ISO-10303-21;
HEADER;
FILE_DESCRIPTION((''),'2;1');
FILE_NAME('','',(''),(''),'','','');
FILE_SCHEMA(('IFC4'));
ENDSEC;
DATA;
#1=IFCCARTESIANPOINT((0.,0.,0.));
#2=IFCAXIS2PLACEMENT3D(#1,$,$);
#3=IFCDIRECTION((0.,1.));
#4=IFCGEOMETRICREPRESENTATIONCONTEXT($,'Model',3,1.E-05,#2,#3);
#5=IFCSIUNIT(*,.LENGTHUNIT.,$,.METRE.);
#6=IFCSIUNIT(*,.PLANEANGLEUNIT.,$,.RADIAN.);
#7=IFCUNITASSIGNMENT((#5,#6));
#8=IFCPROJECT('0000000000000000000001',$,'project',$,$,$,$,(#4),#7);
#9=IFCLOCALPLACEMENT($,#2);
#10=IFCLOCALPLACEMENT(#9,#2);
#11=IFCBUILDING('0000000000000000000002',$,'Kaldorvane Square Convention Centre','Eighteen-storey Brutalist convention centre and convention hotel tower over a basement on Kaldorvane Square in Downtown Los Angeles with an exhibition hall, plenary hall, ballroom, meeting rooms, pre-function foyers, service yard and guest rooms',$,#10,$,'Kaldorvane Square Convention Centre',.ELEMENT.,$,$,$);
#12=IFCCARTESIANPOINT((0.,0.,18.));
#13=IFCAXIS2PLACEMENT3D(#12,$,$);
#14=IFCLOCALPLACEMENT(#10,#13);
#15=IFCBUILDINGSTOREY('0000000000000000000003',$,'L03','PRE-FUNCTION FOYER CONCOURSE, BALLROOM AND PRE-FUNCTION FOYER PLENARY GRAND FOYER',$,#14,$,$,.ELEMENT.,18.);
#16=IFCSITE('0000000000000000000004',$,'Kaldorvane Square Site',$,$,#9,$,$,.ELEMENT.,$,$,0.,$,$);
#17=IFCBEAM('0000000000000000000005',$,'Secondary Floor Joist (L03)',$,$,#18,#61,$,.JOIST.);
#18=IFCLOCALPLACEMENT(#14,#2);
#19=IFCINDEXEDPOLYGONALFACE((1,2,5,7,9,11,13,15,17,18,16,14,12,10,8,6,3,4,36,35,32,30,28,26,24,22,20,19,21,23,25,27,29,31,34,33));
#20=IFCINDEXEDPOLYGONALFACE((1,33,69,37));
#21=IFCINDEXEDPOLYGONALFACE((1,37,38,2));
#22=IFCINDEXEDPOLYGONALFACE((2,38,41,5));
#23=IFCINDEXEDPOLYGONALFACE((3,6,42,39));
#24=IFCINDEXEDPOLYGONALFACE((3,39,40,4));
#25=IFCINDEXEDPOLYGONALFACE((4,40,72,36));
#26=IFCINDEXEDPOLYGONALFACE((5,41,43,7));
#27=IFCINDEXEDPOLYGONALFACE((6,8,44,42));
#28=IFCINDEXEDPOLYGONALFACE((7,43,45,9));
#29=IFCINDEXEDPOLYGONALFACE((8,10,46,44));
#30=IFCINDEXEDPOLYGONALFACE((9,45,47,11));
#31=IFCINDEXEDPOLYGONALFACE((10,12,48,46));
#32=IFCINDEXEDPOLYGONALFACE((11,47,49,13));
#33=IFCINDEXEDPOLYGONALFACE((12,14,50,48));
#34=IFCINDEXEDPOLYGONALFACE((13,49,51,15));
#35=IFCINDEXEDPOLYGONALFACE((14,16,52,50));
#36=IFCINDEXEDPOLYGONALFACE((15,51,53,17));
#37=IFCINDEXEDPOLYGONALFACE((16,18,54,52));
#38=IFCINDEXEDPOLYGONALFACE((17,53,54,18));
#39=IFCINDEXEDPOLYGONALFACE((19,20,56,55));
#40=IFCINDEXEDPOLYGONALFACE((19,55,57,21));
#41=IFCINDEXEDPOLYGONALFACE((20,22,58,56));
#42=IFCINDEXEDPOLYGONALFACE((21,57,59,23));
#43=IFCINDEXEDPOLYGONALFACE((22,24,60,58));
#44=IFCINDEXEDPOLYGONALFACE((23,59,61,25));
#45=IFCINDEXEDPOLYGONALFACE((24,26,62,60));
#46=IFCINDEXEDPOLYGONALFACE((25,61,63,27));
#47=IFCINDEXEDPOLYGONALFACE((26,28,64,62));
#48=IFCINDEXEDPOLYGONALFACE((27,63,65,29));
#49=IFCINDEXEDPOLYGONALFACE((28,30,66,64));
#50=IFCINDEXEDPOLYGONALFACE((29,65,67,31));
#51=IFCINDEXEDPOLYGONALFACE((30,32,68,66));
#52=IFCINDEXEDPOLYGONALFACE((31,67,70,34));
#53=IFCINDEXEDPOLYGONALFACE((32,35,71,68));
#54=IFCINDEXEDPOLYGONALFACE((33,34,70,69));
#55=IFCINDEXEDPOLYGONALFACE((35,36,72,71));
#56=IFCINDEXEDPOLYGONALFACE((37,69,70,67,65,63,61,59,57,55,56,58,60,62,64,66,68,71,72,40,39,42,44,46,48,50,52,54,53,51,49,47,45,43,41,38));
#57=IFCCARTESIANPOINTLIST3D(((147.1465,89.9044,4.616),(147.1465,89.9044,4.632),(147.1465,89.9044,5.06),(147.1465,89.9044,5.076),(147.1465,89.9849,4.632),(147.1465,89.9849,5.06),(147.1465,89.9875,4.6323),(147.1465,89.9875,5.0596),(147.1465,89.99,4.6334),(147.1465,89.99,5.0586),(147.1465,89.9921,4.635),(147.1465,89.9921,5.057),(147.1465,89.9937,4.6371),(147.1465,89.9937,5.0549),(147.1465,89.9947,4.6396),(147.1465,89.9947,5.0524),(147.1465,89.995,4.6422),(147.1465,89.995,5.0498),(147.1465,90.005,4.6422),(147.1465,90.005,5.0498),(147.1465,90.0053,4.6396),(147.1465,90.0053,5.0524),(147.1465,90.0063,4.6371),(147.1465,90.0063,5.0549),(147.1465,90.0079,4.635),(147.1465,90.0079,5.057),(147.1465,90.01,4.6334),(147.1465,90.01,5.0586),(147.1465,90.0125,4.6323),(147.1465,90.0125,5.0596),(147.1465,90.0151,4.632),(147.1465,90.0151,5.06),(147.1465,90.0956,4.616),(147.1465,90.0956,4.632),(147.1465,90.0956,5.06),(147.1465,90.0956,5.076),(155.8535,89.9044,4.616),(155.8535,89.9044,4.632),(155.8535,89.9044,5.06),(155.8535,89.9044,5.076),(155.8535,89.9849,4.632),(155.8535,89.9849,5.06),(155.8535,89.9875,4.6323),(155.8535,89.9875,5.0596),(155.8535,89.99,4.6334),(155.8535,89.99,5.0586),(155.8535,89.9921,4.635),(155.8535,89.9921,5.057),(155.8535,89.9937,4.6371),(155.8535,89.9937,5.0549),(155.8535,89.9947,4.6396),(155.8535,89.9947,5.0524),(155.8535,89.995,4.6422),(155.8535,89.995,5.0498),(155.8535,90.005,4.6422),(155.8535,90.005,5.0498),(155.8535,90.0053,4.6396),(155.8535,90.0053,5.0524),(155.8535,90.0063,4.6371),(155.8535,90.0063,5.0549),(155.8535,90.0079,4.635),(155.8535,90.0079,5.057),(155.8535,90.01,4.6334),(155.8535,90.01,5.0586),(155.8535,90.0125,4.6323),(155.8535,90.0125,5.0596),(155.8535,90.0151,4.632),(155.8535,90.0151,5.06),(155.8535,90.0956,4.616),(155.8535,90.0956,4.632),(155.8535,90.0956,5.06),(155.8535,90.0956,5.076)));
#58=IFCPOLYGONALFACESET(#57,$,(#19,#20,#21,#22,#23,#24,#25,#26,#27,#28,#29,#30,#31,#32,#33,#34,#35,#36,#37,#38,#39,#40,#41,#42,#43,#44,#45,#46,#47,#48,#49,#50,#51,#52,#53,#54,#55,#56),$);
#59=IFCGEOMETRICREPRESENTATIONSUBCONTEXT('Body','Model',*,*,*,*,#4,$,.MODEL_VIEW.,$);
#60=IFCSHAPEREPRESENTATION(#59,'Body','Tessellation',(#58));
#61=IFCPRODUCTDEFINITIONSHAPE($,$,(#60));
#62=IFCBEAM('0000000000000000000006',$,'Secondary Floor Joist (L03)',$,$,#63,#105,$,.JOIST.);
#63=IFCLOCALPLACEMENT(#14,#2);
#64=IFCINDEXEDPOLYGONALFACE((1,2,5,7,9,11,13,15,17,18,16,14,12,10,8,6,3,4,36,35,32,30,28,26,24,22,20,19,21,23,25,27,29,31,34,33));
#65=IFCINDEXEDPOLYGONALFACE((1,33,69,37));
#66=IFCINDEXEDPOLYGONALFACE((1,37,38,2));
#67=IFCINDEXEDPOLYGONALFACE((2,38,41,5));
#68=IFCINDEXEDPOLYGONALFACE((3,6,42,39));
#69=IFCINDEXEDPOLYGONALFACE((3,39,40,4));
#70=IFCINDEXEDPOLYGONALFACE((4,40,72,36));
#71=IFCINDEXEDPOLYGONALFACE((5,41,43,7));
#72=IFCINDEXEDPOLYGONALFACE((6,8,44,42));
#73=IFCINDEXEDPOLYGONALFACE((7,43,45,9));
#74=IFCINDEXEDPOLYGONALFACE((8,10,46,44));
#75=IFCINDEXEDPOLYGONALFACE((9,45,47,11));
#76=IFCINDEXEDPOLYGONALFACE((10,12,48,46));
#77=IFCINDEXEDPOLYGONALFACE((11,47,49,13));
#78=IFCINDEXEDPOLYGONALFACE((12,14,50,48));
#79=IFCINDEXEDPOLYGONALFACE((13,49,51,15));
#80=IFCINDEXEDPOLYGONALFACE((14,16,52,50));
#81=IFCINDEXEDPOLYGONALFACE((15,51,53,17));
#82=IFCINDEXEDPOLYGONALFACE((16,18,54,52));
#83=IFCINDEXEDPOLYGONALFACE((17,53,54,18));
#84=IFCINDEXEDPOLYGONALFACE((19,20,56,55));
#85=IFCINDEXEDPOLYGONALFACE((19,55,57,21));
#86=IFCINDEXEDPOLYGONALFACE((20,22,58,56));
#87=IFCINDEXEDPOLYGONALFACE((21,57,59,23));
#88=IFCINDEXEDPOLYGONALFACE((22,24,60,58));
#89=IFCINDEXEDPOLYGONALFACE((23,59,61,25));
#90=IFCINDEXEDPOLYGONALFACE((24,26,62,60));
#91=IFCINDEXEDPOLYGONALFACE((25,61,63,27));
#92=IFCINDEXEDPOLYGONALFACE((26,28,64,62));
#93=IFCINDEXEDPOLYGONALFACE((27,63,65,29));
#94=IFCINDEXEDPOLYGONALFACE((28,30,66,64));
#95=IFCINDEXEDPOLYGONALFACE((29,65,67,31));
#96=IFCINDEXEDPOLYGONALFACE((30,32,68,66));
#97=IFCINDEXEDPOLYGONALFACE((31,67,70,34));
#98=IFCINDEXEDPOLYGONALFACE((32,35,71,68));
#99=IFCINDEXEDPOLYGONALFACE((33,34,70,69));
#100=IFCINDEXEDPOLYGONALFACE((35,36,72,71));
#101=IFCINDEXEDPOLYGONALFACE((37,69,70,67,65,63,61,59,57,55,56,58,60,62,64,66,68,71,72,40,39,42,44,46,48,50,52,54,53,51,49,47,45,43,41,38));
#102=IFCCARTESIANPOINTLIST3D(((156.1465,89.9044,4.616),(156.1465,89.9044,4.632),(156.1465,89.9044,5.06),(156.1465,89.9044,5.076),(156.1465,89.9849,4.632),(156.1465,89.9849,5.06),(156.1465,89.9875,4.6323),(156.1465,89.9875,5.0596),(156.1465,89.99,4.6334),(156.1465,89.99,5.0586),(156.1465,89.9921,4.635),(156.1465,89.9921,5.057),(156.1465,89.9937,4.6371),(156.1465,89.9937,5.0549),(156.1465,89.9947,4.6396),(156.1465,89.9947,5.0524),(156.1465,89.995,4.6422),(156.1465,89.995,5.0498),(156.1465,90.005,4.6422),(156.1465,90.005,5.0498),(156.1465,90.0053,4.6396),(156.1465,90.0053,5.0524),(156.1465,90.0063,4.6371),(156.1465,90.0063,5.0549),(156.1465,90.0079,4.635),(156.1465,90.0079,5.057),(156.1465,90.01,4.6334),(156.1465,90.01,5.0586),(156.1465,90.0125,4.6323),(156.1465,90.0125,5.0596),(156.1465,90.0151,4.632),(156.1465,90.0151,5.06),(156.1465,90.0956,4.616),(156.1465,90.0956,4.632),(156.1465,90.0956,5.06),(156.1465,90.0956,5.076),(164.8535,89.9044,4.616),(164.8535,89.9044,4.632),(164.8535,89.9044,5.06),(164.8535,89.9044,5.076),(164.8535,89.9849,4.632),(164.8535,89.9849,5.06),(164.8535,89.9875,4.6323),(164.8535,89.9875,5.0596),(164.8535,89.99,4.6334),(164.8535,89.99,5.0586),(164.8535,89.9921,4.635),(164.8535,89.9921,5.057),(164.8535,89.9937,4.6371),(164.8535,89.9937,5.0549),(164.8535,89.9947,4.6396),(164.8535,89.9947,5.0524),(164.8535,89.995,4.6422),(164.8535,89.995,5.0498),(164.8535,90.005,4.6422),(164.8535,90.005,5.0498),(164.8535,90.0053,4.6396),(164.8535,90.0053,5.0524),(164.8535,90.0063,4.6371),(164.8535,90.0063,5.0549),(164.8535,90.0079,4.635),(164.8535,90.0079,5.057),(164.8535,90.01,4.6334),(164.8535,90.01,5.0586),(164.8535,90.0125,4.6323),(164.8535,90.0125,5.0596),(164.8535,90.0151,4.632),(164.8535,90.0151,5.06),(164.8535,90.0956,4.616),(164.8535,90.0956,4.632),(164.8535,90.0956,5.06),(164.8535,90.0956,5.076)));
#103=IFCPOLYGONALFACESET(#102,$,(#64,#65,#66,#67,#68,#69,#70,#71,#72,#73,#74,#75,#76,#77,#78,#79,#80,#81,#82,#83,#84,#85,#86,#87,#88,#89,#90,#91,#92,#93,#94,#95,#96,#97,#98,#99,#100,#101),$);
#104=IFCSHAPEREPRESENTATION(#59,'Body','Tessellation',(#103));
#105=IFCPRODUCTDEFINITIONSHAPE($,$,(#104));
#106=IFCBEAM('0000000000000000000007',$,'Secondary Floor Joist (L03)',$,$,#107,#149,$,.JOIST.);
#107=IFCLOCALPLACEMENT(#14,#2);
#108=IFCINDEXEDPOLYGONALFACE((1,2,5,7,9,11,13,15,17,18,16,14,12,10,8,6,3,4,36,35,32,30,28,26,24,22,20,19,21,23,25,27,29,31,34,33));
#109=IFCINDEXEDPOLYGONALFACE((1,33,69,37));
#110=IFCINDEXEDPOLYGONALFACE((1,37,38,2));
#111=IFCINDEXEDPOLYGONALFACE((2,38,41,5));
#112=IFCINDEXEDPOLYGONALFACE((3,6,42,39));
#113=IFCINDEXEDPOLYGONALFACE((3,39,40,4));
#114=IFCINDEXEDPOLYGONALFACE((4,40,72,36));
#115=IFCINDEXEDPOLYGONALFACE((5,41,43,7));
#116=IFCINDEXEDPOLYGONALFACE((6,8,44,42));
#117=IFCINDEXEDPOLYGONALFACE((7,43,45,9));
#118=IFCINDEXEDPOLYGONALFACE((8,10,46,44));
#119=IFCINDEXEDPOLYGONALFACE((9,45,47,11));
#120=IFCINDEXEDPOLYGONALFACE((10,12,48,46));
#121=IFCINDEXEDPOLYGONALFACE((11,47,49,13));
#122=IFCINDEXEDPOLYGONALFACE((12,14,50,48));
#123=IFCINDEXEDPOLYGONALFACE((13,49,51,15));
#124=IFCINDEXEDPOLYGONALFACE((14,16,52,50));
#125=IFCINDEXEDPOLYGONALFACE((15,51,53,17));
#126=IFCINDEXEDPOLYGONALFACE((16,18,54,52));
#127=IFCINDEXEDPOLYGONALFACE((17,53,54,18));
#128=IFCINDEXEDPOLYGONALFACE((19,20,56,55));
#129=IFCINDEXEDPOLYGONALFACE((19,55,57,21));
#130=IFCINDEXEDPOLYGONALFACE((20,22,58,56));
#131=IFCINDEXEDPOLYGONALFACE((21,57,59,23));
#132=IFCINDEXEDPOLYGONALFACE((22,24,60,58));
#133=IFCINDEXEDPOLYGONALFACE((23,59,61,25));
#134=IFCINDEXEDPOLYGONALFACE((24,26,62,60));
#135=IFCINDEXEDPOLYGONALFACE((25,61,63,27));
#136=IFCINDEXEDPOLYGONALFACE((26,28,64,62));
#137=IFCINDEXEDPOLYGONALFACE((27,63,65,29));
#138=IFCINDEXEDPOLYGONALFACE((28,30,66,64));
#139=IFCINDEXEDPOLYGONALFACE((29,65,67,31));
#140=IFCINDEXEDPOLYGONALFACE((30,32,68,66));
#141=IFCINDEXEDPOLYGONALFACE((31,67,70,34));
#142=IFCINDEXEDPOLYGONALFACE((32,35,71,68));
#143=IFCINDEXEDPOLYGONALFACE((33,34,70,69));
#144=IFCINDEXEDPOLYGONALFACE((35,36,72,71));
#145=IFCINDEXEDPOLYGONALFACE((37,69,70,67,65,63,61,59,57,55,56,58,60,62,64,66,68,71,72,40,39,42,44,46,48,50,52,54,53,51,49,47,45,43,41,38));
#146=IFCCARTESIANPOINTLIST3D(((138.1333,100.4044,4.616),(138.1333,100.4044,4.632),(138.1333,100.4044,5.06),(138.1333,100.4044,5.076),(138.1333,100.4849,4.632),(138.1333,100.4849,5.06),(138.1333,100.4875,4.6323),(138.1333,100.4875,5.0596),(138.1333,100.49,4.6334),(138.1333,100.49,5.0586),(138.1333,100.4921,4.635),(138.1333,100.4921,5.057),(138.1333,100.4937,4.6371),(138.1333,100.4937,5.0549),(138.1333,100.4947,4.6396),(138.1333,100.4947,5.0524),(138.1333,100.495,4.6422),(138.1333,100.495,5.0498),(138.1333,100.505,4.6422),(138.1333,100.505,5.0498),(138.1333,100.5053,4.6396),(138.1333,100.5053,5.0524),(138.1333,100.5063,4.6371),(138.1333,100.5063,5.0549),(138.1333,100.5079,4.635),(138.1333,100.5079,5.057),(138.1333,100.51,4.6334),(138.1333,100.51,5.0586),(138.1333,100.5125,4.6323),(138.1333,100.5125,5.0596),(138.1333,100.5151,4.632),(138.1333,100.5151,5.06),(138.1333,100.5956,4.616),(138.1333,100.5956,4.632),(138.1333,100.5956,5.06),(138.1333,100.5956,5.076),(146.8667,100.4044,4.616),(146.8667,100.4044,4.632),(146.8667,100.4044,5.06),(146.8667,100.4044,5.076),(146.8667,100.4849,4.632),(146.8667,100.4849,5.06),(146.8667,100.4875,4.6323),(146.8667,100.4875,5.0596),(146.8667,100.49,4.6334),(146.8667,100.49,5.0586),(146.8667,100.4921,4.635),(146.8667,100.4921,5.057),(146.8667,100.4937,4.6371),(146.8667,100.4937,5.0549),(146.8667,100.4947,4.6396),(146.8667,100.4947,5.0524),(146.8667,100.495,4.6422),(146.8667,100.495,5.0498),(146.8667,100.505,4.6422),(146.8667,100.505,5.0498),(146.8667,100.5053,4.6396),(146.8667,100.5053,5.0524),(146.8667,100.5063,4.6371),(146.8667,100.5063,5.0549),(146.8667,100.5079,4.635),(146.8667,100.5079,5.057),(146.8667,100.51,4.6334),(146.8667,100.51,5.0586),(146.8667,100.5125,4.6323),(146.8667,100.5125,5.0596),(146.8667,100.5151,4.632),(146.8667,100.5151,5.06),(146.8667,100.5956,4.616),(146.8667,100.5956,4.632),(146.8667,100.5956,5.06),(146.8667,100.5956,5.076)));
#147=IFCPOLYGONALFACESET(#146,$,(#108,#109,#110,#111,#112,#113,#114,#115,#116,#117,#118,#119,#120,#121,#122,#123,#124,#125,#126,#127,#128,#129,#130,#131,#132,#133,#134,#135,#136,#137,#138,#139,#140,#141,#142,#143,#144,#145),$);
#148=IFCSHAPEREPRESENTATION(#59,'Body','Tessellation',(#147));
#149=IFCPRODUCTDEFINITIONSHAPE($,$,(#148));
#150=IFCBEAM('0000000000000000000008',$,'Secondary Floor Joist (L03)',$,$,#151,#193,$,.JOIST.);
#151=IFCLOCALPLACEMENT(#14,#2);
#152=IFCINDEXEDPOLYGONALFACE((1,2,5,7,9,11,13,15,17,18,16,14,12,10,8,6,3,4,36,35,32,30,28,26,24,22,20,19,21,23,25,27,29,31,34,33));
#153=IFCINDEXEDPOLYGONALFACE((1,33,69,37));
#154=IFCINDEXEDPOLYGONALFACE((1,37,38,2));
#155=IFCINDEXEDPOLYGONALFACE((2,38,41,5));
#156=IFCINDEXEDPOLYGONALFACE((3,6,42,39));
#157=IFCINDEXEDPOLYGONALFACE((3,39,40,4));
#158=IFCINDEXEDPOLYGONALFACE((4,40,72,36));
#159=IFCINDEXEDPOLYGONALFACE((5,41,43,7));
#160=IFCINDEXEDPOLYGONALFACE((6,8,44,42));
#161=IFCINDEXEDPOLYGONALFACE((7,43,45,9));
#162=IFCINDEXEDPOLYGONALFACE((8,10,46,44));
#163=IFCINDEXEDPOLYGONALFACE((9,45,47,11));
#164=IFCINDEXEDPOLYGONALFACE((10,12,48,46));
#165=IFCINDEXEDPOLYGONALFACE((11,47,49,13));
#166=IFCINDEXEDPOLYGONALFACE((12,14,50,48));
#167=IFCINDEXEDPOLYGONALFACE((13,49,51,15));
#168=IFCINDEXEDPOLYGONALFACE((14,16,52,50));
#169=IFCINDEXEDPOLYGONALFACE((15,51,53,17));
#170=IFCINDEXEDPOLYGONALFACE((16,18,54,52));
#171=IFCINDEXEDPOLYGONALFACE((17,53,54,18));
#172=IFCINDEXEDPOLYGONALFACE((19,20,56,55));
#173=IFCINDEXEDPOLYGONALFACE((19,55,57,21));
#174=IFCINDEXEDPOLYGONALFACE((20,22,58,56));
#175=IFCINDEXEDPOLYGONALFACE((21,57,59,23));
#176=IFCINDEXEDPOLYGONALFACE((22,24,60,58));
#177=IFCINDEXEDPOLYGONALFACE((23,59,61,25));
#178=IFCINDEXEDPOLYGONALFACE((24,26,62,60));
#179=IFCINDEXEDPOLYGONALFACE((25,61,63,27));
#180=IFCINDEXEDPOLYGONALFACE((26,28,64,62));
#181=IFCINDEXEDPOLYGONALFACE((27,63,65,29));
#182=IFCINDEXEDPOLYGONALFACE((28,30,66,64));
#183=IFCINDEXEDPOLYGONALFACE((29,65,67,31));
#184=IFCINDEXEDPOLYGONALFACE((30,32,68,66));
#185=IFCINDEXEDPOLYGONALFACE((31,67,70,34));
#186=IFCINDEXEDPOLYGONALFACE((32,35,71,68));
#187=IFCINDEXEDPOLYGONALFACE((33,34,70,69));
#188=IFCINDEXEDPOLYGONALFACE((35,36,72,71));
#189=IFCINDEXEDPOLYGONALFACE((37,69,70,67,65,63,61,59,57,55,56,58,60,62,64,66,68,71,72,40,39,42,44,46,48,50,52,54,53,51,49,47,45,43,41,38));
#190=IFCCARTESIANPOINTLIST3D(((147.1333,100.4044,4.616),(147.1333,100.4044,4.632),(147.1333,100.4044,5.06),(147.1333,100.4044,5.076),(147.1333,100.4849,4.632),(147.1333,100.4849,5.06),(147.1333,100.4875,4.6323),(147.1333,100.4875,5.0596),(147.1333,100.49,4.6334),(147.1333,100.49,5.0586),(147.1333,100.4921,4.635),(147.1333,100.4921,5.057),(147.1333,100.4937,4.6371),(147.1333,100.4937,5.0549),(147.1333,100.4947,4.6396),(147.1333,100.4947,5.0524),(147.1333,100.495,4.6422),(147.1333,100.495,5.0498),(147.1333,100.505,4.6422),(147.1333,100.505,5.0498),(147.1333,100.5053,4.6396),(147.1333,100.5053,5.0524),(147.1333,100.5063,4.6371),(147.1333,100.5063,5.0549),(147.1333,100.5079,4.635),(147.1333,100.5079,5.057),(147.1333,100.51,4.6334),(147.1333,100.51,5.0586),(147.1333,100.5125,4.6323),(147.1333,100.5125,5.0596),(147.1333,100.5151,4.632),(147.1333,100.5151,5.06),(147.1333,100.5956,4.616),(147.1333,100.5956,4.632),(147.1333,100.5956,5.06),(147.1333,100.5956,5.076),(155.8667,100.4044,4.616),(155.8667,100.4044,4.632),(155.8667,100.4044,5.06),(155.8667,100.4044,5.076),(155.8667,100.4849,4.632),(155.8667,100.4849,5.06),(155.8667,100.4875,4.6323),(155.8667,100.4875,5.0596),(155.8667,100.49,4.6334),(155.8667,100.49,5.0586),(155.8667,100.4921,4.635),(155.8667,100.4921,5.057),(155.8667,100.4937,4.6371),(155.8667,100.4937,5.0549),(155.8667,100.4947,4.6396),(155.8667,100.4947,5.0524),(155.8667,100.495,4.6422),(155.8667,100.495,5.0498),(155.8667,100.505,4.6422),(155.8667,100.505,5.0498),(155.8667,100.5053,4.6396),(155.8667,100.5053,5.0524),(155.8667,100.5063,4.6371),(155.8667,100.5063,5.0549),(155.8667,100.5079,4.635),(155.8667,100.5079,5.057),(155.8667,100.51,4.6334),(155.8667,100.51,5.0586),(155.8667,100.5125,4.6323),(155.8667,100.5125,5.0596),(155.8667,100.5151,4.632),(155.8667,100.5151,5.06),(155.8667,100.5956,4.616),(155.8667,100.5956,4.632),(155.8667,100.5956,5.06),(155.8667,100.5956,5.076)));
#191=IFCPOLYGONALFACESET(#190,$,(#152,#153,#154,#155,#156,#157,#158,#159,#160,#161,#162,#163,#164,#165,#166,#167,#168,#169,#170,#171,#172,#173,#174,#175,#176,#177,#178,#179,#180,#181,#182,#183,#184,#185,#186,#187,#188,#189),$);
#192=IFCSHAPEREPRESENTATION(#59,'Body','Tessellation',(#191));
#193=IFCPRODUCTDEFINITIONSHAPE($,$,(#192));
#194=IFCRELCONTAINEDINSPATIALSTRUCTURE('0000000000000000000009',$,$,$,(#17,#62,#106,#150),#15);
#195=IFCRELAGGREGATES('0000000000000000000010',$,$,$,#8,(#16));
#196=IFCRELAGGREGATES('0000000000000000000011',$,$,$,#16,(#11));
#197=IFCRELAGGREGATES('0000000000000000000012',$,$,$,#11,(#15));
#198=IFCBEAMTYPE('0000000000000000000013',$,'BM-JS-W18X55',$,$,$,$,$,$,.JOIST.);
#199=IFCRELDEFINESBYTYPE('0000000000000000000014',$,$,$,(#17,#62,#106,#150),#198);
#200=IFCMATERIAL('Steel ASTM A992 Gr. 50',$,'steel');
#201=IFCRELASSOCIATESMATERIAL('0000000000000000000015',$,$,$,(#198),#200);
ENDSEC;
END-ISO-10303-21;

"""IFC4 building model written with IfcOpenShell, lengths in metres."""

from ifc_helpers import new_model, si_unit, direction, frame, origin, origin_2d, place, context, subcontext, project, spatial, i_section, extrude, material, material_profile, profile_set, type_object, element, save


model = new_model("IFC4")

# Units and contexts
model_context = context("Model", 3, precision=1e-05, world=origin(), true_north=direction((0.0, 1.0)))
body_context = subcontext(model_context, "Body", "Model", "MODEL_VIEW")
ifc_project = project(units=[si_unit("LENGTHUNIT", "METRE"), si_unit("PLANEANGLEUNIT", "RADIAN")], contexts=[model_context])

# Site, building, storey
site_placement = place(None, origin())
site = spatial("IfcSite", under=ifc_project, at=site_placement, Name="Kaldorvane Square Site", CompositionType="ELEMENT", RefElevation=0.0)
building_placement = place(site_placement, origin())
building = spatial("IfcBuilding", under=site, at=building_placement, Name="Kaldorvane Square Convention Centre", Description="Eighteen-storey Brutalist convention centre and convention hotel tower over a basement on Kaldorvane Square in Downtown Los Angeles with an exhibition hall, plenary hall, ballroom, meeting rooms, pre-function foyers, service yard and guest rooms", LongName="Kaldorvane Square Convention Centre", CompositionType="ELEMENT")
storey_placement = place(building_placement, frame((0.0, 0.0, 18.0)))
storey = spatial("IfcBuildingStorey", under=building, at=storey_placement, Name="L03", Description="PRE-FUNCTION FOYER CONCOURSE, BALLROOM AND PRE-FUNCTION FOYER PLENARY GRAND FOYER", CompositionType="ELEMENT", Elevation=18.0)

# Shared definitions
ifc_material_1 = material(Name="Steel ASTM A992 Gr. 50", Category="steel")

# Beams
ifc_material_profile_1 = material_profile(ifc_material_1, i_section(OverallWidth=0.1913, OverallDepth=0.46, WebThickness=0.0099, FlangeThickness=0.016, FilletRadius=0.0102, at=origin_2d()), Name="W18X55")
ifc_profile_set_1 = profile_set([ifc_material_profile_1], Name="Steel ASTM A992 Gr. 50")
beam_type_1 = type_object("IfcBeamType", Name="BM-JS-W18X55", PredefinedType="JOIST", material=ifc_profile_set_1)
for number, where, z_axis, x_axis, name in (
    (1, (147.1465, 90.0, 4.846), (1.0, 0.0, 0.0), (0.0, 1.0, 0.0), "Secondary Floor Joist (L03)"),
    (2, (156.1465, 90.0, 4.846), (1.0, 0.0, 0.0), (0.0, 1.0, 0.0), "Secondary Floor Joist (L03)"),
):
    element("IfcBeam", number, at=place(storey_placement, frame(where, z_axis=z_axis, x_axis=x_axis)), inside=storey, type_object=beam_type_1, Name=name, PredefinedType="JOIST", context=body_context, shape_type="SweptSolid", body=[
        extrude(i_section(OverallWidth=0.1913, OverallDepth=0.46, WebThickness=0.0099, FlangeThickness=0.016, FilletRadius=0.0102, at=origin_2d()), origin(), (0.0, 0.0, 1.0), 8.707),
    ])
for number, where, z_axis, x_axis, name in (
    (3, (138.1333, 100.5, 4.846), (1.0, 0.0, 0.0), (0.0, 1.0, 0.0), "Secondary Floor Joist (L03)"),
    (4, (147.1333, 100.5, 4.846), (1.0, 0.0, 0.0), (0.0, 1.0, 0.0), "Secondary Floor Joist (L03)"),
):
    element("IfcBeam", number, at=place(storey_placement, frame(where, z_axis=z_axis, x_axis=x_axis)), inside=storey, type_object=beam_type_1, Name=name, PredefinedType="JOIST", context=body_context, shape_type="SweptSolid", body=[
        extrude(i_section(OverallWidth=0.1913, OverallDepth=0.46, WebThickness=0.0099, FlangeThickness=0.016, FilletRadius=0.0102, at=origin_2d()), origin(), (0.0, 0.0, 1.0), 8.7334),
    ])

save(model, "model.ifc")
